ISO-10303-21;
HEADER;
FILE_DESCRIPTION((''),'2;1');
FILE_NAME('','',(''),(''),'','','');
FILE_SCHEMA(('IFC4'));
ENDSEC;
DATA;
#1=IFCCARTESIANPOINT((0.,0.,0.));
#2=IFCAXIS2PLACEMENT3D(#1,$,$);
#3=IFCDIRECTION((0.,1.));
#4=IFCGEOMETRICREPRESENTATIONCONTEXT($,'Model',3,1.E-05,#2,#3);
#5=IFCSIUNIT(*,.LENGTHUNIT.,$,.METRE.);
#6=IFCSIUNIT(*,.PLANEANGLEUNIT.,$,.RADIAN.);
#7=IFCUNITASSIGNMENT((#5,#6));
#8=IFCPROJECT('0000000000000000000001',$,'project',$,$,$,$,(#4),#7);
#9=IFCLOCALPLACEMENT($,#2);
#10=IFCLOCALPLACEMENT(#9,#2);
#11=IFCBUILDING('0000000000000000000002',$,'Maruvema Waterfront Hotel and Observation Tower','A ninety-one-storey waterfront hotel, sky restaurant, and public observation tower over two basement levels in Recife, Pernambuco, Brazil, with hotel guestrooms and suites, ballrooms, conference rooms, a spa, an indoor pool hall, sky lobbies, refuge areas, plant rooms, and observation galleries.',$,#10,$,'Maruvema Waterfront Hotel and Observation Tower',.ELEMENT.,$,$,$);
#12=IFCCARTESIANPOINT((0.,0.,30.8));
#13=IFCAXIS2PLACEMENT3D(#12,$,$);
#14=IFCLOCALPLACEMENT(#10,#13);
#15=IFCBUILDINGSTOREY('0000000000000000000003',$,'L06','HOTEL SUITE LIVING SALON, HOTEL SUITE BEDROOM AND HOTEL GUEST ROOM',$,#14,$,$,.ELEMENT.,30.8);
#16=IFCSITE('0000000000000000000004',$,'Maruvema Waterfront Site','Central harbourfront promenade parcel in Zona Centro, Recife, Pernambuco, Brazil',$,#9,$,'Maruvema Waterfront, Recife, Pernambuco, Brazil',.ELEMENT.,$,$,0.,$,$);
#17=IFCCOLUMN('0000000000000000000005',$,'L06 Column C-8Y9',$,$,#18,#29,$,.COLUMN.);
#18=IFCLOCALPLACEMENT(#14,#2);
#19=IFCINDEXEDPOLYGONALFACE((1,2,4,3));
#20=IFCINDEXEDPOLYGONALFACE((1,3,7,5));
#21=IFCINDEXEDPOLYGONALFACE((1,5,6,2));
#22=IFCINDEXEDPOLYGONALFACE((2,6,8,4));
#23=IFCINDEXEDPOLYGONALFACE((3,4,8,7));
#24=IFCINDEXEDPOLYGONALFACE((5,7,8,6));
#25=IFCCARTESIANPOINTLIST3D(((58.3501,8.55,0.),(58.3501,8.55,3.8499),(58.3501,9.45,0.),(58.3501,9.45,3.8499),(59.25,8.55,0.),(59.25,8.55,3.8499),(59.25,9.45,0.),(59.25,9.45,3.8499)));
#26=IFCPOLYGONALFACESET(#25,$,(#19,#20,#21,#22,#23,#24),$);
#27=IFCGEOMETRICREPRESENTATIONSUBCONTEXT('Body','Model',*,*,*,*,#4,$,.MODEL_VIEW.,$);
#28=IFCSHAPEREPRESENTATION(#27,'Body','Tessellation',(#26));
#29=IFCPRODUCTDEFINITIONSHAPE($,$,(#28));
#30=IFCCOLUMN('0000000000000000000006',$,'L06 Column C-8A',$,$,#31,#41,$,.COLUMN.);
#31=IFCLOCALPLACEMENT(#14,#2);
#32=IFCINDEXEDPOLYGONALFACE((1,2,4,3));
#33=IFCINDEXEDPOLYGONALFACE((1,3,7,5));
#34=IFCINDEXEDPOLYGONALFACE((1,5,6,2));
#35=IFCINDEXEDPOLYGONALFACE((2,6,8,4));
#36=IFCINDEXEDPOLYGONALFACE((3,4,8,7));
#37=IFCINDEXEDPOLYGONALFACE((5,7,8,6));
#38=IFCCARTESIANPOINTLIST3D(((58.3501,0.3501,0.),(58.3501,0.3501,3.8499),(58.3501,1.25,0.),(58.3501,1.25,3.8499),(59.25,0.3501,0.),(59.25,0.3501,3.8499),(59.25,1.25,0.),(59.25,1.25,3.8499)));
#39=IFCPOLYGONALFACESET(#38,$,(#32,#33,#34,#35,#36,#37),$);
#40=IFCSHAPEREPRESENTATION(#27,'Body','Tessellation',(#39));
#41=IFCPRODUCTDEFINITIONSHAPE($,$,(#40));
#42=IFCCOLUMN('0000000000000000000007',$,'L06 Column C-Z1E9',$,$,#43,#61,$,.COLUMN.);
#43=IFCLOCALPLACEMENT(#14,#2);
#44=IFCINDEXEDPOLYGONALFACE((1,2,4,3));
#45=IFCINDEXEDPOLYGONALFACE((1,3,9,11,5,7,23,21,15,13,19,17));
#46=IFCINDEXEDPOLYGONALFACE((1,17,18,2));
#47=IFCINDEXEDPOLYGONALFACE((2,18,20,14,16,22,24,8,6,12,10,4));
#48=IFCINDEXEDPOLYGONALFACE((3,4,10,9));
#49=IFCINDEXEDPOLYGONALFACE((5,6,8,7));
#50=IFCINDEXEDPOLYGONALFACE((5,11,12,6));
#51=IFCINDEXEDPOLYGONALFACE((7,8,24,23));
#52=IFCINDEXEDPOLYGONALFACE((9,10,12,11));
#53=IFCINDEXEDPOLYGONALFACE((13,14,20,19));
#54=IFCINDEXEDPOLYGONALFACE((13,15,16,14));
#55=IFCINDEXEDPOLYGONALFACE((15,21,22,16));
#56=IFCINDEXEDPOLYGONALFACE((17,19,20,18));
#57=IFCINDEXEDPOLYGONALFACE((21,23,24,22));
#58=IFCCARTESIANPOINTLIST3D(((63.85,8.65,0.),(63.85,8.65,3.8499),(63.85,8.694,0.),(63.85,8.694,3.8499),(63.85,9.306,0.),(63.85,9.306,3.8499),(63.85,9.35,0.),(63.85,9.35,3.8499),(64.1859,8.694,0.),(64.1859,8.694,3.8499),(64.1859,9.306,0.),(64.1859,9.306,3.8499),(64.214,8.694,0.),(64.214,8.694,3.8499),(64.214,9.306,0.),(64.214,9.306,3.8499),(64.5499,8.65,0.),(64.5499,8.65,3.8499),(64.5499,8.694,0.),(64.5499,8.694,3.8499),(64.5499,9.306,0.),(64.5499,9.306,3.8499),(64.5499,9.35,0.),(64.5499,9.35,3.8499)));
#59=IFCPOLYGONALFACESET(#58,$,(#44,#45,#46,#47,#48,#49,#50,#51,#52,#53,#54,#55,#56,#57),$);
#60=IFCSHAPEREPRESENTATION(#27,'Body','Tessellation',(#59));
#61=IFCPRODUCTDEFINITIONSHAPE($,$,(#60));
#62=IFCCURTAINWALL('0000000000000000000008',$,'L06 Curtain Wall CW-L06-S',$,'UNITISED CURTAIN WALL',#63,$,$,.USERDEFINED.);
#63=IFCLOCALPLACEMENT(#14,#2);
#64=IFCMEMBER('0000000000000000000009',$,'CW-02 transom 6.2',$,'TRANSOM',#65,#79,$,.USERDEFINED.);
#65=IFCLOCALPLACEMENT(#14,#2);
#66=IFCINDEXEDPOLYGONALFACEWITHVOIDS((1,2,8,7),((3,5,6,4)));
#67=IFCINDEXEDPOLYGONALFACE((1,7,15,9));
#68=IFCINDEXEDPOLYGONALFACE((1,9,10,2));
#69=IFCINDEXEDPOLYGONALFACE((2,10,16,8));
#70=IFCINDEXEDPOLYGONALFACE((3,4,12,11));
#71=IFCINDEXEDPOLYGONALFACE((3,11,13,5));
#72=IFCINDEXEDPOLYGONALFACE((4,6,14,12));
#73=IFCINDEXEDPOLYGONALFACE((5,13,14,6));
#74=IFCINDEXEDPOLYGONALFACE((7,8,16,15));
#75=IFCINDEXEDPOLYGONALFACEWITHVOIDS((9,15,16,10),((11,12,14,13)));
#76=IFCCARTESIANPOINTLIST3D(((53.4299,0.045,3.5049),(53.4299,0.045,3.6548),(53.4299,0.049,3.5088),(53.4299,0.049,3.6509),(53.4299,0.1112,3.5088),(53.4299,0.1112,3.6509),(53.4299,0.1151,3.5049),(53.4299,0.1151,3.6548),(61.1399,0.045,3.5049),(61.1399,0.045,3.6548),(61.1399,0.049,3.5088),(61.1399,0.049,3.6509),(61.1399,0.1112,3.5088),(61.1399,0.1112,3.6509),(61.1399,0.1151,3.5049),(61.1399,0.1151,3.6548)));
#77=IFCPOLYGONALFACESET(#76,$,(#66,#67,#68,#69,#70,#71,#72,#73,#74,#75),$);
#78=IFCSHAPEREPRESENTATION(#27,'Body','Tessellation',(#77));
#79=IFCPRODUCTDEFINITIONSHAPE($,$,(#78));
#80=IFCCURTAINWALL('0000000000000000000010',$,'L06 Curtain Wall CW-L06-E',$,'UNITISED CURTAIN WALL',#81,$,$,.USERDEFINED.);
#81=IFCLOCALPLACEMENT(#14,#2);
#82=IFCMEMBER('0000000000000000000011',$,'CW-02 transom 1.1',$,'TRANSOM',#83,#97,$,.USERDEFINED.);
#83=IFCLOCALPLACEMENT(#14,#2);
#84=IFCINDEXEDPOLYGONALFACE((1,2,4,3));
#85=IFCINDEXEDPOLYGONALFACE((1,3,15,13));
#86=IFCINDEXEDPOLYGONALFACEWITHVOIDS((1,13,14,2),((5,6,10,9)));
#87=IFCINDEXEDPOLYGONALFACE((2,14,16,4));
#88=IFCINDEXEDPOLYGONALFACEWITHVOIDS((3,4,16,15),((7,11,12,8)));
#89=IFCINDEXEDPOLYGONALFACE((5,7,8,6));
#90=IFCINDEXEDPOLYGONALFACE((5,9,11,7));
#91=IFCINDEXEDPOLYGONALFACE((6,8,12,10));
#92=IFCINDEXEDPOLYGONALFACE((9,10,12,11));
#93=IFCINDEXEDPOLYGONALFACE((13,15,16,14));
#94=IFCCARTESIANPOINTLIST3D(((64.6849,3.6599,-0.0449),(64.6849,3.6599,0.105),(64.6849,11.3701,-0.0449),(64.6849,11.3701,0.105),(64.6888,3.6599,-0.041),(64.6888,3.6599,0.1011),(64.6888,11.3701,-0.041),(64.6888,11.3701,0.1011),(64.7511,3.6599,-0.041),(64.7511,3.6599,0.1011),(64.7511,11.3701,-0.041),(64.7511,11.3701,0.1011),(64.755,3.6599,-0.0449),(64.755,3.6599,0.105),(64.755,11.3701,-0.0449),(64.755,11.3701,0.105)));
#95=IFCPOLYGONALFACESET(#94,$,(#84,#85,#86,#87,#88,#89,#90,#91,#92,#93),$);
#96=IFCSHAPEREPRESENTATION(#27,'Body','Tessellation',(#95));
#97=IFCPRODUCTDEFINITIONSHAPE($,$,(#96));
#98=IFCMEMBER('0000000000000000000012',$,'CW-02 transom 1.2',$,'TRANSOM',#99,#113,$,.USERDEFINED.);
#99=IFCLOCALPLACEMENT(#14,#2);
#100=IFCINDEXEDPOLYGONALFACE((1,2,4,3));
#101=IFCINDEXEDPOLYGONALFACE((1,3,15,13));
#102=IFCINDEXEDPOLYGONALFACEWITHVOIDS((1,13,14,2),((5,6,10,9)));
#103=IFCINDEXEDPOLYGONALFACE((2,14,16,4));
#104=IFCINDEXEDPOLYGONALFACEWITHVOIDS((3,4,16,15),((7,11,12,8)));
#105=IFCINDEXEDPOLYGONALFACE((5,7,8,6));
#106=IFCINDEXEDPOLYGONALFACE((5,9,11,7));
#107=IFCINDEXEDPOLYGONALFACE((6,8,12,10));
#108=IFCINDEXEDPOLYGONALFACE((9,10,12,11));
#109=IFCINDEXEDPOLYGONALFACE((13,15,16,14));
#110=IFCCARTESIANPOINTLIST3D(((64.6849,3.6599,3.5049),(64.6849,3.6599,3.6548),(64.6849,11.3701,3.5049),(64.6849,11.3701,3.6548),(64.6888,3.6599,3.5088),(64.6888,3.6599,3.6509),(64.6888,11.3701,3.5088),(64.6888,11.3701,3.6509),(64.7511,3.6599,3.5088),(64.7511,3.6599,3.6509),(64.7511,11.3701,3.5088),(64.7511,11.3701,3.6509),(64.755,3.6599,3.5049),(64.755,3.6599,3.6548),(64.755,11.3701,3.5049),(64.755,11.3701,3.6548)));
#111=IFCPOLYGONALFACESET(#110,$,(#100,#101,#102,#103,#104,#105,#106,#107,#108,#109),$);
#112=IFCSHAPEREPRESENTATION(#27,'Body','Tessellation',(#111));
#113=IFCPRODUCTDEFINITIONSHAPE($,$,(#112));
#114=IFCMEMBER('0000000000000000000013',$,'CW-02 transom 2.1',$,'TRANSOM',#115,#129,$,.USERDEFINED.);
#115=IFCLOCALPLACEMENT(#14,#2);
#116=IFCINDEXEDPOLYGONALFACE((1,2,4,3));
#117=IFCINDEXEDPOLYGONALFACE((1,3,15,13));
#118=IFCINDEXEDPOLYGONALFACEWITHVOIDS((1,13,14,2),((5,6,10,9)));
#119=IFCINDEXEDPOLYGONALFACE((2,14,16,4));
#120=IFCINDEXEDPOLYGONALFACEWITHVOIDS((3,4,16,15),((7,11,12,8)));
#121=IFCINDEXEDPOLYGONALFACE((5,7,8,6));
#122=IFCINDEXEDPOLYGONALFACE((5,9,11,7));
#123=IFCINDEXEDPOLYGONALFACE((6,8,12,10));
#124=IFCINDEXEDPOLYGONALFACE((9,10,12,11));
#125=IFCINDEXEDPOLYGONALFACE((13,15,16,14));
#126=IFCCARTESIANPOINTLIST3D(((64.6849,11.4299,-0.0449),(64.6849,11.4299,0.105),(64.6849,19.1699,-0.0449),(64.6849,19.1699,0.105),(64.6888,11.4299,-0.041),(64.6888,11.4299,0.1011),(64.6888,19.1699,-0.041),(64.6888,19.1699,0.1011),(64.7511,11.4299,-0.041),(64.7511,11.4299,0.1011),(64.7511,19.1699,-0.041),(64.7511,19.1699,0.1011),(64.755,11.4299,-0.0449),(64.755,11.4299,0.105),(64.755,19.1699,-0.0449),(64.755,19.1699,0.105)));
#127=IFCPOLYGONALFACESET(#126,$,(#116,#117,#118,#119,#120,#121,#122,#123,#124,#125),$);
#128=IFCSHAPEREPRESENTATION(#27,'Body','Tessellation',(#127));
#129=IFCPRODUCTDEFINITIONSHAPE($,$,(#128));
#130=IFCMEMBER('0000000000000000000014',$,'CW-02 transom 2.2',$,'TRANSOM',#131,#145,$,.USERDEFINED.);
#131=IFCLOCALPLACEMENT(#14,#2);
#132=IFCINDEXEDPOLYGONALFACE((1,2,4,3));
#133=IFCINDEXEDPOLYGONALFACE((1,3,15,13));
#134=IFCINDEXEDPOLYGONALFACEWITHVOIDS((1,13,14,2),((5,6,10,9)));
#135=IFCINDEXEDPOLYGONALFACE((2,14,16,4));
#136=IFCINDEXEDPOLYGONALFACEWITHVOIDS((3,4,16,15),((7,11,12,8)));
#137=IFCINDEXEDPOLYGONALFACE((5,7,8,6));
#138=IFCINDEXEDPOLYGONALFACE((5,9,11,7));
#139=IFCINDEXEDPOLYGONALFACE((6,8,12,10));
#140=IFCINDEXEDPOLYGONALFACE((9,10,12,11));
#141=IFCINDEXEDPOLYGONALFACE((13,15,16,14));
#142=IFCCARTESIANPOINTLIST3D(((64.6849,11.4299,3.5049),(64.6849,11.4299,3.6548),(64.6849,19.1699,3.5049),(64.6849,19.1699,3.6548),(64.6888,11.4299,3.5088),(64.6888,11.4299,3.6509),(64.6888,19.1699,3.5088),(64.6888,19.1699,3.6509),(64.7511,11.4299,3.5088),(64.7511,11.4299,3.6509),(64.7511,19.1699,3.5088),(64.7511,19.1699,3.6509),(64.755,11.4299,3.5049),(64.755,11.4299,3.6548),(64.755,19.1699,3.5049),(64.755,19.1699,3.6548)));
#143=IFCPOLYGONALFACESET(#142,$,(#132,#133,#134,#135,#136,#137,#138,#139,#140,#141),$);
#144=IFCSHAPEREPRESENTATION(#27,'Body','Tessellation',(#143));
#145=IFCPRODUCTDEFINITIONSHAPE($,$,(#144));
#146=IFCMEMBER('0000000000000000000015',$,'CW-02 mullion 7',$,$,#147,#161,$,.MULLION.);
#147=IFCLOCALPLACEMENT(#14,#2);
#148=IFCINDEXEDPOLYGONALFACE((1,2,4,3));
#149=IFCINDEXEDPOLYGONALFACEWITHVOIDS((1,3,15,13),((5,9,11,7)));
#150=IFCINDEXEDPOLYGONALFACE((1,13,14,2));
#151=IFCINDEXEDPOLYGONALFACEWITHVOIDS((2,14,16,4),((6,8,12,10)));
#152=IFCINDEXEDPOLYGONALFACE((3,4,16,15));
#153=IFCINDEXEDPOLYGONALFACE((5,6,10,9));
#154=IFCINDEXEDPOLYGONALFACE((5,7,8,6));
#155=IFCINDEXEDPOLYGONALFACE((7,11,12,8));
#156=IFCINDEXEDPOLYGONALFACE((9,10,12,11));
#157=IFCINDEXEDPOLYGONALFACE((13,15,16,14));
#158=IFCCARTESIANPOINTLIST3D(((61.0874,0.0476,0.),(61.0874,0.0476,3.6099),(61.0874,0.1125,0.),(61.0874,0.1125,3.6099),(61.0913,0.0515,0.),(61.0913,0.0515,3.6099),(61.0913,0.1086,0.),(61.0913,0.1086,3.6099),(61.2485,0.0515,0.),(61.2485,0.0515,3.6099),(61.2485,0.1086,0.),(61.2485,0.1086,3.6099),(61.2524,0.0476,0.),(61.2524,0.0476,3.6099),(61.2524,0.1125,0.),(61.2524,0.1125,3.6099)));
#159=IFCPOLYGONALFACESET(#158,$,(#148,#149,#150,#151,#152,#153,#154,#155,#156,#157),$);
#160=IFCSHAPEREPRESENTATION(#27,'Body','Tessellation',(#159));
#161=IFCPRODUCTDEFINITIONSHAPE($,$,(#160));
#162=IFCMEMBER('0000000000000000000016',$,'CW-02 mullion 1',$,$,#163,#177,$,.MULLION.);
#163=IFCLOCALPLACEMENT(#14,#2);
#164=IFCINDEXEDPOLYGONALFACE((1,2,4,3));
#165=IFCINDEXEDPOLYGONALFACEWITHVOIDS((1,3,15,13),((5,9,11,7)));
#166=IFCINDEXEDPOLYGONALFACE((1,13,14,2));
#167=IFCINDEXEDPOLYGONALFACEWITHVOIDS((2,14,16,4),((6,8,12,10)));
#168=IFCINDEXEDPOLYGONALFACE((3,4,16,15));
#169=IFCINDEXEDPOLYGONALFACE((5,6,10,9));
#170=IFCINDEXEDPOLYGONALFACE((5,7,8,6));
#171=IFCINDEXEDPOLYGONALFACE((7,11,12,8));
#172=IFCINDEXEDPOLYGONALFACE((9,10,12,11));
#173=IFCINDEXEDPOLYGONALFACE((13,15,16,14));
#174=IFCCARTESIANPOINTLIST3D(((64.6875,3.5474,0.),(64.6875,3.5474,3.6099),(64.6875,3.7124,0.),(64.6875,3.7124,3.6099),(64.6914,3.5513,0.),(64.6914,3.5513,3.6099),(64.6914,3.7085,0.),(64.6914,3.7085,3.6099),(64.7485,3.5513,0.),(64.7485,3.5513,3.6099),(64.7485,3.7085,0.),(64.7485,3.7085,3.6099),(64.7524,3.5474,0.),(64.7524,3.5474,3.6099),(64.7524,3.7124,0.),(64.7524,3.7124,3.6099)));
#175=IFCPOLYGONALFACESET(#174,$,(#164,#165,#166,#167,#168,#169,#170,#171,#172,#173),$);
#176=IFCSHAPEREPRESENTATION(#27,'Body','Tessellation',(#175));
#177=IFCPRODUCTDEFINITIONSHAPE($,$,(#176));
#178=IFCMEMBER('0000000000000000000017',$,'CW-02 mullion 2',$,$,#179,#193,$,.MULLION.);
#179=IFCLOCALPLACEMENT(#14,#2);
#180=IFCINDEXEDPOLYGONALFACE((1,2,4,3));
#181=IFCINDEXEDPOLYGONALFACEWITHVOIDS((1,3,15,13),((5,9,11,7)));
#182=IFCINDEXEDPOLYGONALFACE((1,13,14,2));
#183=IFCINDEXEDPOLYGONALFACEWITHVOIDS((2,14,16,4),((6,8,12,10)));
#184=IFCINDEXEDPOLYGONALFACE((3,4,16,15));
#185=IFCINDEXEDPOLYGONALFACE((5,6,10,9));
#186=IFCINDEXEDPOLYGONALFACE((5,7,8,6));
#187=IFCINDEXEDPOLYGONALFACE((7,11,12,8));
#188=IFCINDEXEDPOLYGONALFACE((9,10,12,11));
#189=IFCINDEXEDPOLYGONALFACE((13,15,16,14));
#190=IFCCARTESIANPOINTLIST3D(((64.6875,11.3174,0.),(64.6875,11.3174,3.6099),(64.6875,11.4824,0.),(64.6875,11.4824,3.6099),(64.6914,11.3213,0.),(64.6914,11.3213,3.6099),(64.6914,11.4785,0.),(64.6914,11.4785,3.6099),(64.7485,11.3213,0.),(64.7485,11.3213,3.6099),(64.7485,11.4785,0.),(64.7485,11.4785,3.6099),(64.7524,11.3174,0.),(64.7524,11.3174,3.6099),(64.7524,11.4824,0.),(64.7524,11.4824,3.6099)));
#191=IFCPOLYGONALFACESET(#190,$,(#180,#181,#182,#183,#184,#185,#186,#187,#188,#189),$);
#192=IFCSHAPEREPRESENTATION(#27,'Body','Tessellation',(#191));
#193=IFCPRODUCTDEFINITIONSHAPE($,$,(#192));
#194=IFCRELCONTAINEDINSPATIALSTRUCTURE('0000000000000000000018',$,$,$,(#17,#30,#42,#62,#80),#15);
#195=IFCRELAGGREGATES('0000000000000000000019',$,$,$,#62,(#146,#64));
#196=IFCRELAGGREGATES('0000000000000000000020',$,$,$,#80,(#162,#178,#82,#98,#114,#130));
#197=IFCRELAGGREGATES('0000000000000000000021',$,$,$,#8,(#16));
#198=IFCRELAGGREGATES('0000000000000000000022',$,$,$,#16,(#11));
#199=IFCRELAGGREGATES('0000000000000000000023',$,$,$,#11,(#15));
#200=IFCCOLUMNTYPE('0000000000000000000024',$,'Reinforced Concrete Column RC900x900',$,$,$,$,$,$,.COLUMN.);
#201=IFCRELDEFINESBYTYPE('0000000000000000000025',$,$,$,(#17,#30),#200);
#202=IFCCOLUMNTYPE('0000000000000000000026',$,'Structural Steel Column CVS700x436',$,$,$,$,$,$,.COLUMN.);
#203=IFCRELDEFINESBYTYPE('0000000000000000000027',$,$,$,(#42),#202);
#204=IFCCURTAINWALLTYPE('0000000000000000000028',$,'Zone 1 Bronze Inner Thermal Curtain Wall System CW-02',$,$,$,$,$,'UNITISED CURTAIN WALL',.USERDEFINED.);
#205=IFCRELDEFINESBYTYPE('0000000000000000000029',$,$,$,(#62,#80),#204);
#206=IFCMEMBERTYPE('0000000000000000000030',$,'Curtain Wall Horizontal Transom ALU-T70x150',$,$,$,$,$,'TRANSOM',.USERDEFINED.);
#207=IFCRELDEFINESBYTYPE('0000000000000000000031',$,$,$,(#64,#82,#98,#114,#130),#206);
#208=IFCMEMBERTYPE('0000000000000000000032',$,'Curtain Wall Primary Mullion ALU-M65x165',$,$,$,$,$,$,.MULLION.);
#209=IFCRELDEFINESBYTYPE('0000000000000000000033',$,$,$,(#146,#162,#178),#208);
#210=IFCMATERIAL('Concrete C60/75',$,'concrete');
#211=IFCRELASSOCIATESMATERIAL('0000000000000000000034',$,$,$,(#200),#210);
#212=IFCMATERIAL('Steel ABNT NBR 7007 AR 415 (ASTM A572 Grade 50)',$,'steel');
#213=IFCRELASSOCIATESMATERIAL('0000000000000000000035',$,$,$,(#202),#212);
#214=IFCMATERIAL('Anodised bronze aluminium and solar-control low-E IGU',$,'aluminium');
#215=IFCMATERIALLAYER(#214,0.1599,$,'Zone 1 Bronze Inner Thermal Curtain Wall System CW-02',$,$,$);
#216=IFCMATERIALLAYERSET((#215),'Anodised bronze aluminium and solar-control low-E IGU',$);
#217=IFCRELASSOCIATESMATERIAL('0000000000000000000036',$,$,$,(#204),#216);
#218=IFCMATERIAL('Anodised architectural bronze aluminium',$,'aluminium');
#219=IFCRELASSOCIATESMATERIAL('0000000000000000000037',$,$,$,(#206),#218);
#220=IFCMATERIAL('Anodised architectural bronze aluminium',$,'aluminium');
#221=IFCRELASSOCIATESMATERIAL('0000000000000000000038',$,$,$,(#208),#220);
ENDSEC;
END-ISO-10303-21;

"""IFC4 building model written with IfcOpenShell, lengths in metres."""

from ifc_helpers import new_model, si_unit, direction, frame, origin, origin_2d, place, context, subcontext, project, spatial, rectangle, hollow_rectangle, i_section, extrude, material, layer, layer_set, material_profile, profile_set, type_object, element, aggregate, save


model = new_model("IFC4")

# Units and contexts
model_context = context("Model", 3, precision=1e-05, world=origin(), true_north=direction((0.0, 1.0)))
body_context = subcontext(model_context, "Body", "Model", "MODEL_VIEW")
ifc_project = project(units=[si_unit("LENGTHUNIT", "METRE"), si_unit("PLANEANGLEUNIT", "RADIAN")], contexts=[model_context])

# Site, building, storey
site_placement = place(None, origin())
site = spatial("IfcSite", under=ifc_project, at=site_placement, Name="Maruvema Waterfront Site", Description="Central harbourfront promenade parcel in Zona Centro, Recife, Pernambuco, Brazil", LongName="Maruvema Waterfront, Recife, Pernambuco, Brazil", CompositionType="ELEMENT", RefElevation=0.0)
building_placement = place(site_placement, origin())
building = spatial("IfcBuilding", under=site, at=building_placement, Name="Maruvema Waterfront Hotel and Observation Tower", Description="A ninety-one-storey waterfront hotel, sky restaurant, and public observation tower over two basement levels in Recife, Pernambuco, Brazil, with hotel guestrooms and suites, ballrooms, conference rooms, a spa, an indoor pool hall, sky lobbies, refuge areas, plant rooms, and observation galleries.", LongName="Maruvema Waterfront Hotel and Observation Tower", CompositionType="ELEMENT")
storey_placement = place(building_placement, frame((0.0, 0.0, 30.8)))
storey = spatial("IfcBuildingStorey", under=building, at=storey_placement, Name="L06", Description="HOTEL SUITE LIVING SALON, HOTEL SUITE BEDROOM AND HOTEL GUEST ROOM", CompositionType="ELEMENT", Elevation=30.8)

# Columns
ifc_material_1 = material(Name="Concrete C60/75", Category="concrete")
ifc_material_profile_1 = material_profile(ifc_material_1, rectangle(XDim=0.8999, YDim=0.8999, at=origin_2d()), Name="RC900x900")
ifc_profile_set_1 = profile_set([ifc_material_profile_1], Name="Concrete C60/75")
column_type_1 = type_object("IfcColumnType", Name="Reinforced Concrete Column RC900x900", PredefinedType="COLUMN", material=ifc_profile_set_1)
for number, where, z_axis, x_axis, name in (
    (1, (58.8, 9.0, 0.0), (0.0, 0.0, 1.0), (1.0, 0.0, 0.0), "L06 Column C-8Y9"),
    (2, (58.8, 0.8, 0.0), (0.0, 0.0, 1.0), (1.0, 0.0, 0.0), "L06 Column C-8A"),
):
    element("IfcColumn", number, at=place(storey_placement, frame(where, z_axis=z_axis, x_axis=x_axis)), inside=storey, type_object=column_type_1, Name=name, PredefinedType="COLUMN", context=body_context, shape_type="SweptSolid", body=[
        extrude(rectangle(XDim=0.8999, YDim=0.8999, at=origin_2d()), origin(), (0.0, 0.0, 1.0), 3.8499),
    ])
ifc_material_2 = material(Name="Steel ABNT NBR 7007 AR 415 (ASTM A572 Grade 50)", Category="steel")
ifc_material_profile_2 = material_profile(ifc_material_2, i_section(OverallWidth=0.7, OverallDepth=0.7, WebThickness=0.0281, FlangeThickness=0.0439, at=origin_2d()), Name="CVS700x436")
ifc_profile_set_2 = profile_set([ifc_material_profile_2], Name="Steel ABNT NBR 7007 AR 415 (ASTM A572 Grade 50)")
column_type_2 = type_object("IfcColumnType", Name="Structural Steel Column CVS700x436", PredefinedType="COLUMN", material=ifc_profile_set_2)
column_placement = place(storey_placement, frame((64.2, 9.0, 0.0), z_axis=(0.0, 0.0, 1.0), x_axis=(1.0, 0.0, 0.0)))
element("IfcColumn", 3, at=column_placement, inside=storey, type_object=column_type_2, Name="L06 Column C-Z1E9", PredefinedType="COLUMN", context=body_context, shape_type="SweptSolid", body=[
    extrude(i_section(OverallWidth=0.7, OverallDepth=0.7, WebThickness=0.0281, FlangeThickness=0.0439, at=origin_2d()), origin(), (0.0, 0.0, 1.0), 3.8499),
])

# Curtain wall, member
ifc_material_3 = material(Name="Anodised bronze aluminium and solar-control low-E IGU", Category="aluminium")
ifc_layer_1 = layer(ifc_material_3, 0.1599, Name="Zone 1 Bronze Inner Thermal Curtain Wall System CW-02")
ifc_layer_set_1 = layer_set([ifc_layer_1], Name="Anodised bronze aluminium and solar-control low-E IGU")
curtain_wall_type = type_object("IfcCurtainWallType", Name="Zone 1 Bronze Inner Thermal Curtain Wall System CW-02", ElementType="UNITISED CURTAIN WALL", PredefinedType="USERDEFINED", material=ifc_layer_set_1)
curtain_wall_1_placement = place(storey_placement, origin())
curtain_wall_1 = element("IfcCurtainWall", 4, at=curtain_wall_1_placement, inside=storey, type_object=curtain_wall_type, Name="L06 Curtain Wall CW-L06-S", ObjectType="UNITISED CURTAIN WALL", PredefinedType="USERDEFINED")
ifc_material_4 = material(Name="Anodised architectural bronze aluminium", Category="aluminium")
ifc_material_profile_3 = material_profile(ifc_material_4, hollow_rectangle(XDim=0.0701, YDim=0.1499, WallThickness=0.0039, at=origin_2d()), Name="ALU-T70x150")
ifc_profile_set_3 = profile_set([ifc_material_profile_3], Name="Anodised architectural bronze aluminium")
member_type_1 = type_object("IfcMemberType", Name="Curtain Wall Horizontal Transom ALU-T70x150", ElementType="TRANSOM", PredefinedType="USERDEFINED", material=ifc_profile_set_3)
member_1_placement = place(storey_placement, frame((53.4299, 0.0801, 3.5798), z_axis=(1.0, 0.0, 0.0), x_axis=(0.0, 1.0, 0.0)))
member_1 = element("IfcMember", 5, at=member_1_placement, type_object=member_type_1, Name="CW-02 transom 6.2", ObjectType="TRANSOM", PredefinedType="USERDEFINED", context=body_context, shape_type="SweptSolid", body=[
    extrude(hollow_rectangle(XDim=0.0701, YDim=0.1499, WallThickness=0.0039, at=origin_2d()), origin(), (0.0, 0.0, 1.0), 7.71),
])

# Curtain wall, members
curtain_wall_2_placement = place(storey_placement, origin())
curtain_wall_2 = element("IfcCurtainWall", 6, at=curtain_wall_2_placement, inside=storey, type_object=curtain_wall_type, Name="L06 Curtain Wall CW-L06-E", ObjectType="UNITISED CURTAIN WALL", PredefinedType="USERDEFINED")
member_2_placement = place(storey_placement, frame((64.72, 3.6599, 0.03), z_axis=(0.0, 1.0, 0.0), x_axis=(-1.0, 0.0, 0.0)))
member_2 = element("IfcMember", 7, at=member_2_placement, type_object=member_type_1, Name="CW-02 transom 1.1", ObjectType="TRANSOM", PredefinedType="USERDEFINED", context=body_context, shape_type="SweptSolid", body=[
    extrude(hollow_rectangle(XDim=0.0701, YDim=0.1499, WallThickness=0.0039, at=origin_2d()), origin(), (0.0, 0.0, 1.0), 7.7102),
])
member_3_placement = place(storey_placement, frame((64.72, 3.6599, 3.5798), z_axis=(0.0, 1.0, 0.0), x_axis=(-1.0, 0.0, 0.0)))
member_3 = element("IfcMember", 8, at=member_3_placement, type_object=member_type_1, Name="CW-02 transom 1.2", ObjectType="TRANSOM", PredefinedType="USERDEFINED", context=body_context, shape_type="SweptSolid", body=[
    extrude(hollow_rectangle(XDim=0.0701, YDim=0.1499, WallThickness=0.0039, at=origin_2d()), origin(), (0.0, 0.0, 1.0), 7.7102),
])
member_4_placement = place(storey_placement, frame((64.72, 11.4299, 0.03), z_axis=(0.0, 1.0, 0.0), x_axis=(-1.0, 0.0, 0.0)))
member_4 = element("IfcMember", 9, at=member_4_placement, type_object=member_type_1, Name="CW-02 transom 2.1", ObjectType="TRANSOM", PredefinedType="USERDEFINED", context=body_context, shape_type="SweptSolid", body=[
    extrude(hollow_rectangle(XDim=0.0701, YDim=0.1499, WallThickness=0.0039, at=origin_2d()), origin(), (0.0, 0.0, 1.0), 7.74),
])
member_5_placement = place(storey_placement, frame((64.72, 11.4299, 3.5798), z_axis=(0.0, 1.0, 0.0), x_axis=(-1.0, 0.0, 0.0)))
member_5 = element("IfcMember", 10, at=member_5_placement, type_object=member_type_1, Name="CW-02 transom 2.2", ObjectType="TRANSOM", PredefinedType="USERDEFINED", context=body_context, shape_type="SweptSolid", body=[
    extrude(hollow_rectangle(XDim=0.0701, YDim=0.1499, WallThickness=0.0039, at=origin_2d()), origin(), (0.0, 0.0, 1.0), 7.74),
])

# Members
ifc_material_5 = material(Name="Anodised architectural bronze aluminium", Category="aluminium")
ifc_material_profile_4 = material_profile(ifc_material_5, hollow_rectangle(XDim=0.0649, YDim=0.165, WallThickness=0.0039, at=origin_2d()), Name="ALU-M65x165")
ifc_profile_set_4 = profile_set([ifc_material_profile_4], Name="Anodised architectural bronze aluminium")
member_type_2 = type_object("IfcMemberType", Name="Curtain Wall Primary Mullion ALU-M65x165", PredefinedType="MULLION", material=ifc_profile_set_4)
member_6_placement = place(storey_placement, frame((61.1699, 0.0801, 0.0), z_axis=(0.0, 0.0, 1.0), x_axis=(0.0, 1.0, 0.0)))
member_6 = element("IfcMember", 11, at=member_6_placement, type_object=member_type_2, Name="CW-02 mullion 7", PredefinedType="MULLION", context=body_context, shape_type="SweptSolid", body=[
    extrude(hollow_rectangle(XDim=0.0649, YDim=0.165, WallThickness=0.0039, at=origin_2d()), origin(), (0.0, 0.0, 1.0), 3.6099),
])
member_7_placement = place(storey_placement, frame((64.72, 3.6299, 0.0), z_axis=(0.0, 0.0, 1.0), x_axis=(-1.0, 0.0, 0.0)))
member_7 = element("IfcMember", 12, at=member_7_placement, type_object=member_type_2, Name="CW-02 mullion 1", PredefinedType="MULLION", context=body_context, shape_type="SweptSolid", body=[
    extrude(hollow_rectangle(XDim=0.0649, YDim=0.165, WallThickness=0.0039, at=origin_2d()), origin(), (0.0, 0.0, 1.0), 3.6099),
])
member_8_placement = place(storey_placement, frame((64.72, 11.3999, 0.0), z_axis=(0.0, 0.0, 1.0), x_axis=(-1.0, 0.0, 0.0)))
member_8 = element("IfcMember", 13, at=member_8_placement, type_object=member_type_2, Name="CW-02 mullion 2", PredefinedType="MULLION", context=body_context, shape_type="SweptSolid", body=[
    extrude(hollow_rectangle(XDim=0.0649, YDim=0.165, WallThickness=0.0039, at=origin_2d()), origin(), (0.0, 0.0, 1.0), 3.6099),
])

aggregate(curtain_wall_1, [member_6, member_1])
aggregate(curtain_wall_2, [member_7, member_8, member_2, member_3, member_4, member_5])

save(model, "model.ifc")
